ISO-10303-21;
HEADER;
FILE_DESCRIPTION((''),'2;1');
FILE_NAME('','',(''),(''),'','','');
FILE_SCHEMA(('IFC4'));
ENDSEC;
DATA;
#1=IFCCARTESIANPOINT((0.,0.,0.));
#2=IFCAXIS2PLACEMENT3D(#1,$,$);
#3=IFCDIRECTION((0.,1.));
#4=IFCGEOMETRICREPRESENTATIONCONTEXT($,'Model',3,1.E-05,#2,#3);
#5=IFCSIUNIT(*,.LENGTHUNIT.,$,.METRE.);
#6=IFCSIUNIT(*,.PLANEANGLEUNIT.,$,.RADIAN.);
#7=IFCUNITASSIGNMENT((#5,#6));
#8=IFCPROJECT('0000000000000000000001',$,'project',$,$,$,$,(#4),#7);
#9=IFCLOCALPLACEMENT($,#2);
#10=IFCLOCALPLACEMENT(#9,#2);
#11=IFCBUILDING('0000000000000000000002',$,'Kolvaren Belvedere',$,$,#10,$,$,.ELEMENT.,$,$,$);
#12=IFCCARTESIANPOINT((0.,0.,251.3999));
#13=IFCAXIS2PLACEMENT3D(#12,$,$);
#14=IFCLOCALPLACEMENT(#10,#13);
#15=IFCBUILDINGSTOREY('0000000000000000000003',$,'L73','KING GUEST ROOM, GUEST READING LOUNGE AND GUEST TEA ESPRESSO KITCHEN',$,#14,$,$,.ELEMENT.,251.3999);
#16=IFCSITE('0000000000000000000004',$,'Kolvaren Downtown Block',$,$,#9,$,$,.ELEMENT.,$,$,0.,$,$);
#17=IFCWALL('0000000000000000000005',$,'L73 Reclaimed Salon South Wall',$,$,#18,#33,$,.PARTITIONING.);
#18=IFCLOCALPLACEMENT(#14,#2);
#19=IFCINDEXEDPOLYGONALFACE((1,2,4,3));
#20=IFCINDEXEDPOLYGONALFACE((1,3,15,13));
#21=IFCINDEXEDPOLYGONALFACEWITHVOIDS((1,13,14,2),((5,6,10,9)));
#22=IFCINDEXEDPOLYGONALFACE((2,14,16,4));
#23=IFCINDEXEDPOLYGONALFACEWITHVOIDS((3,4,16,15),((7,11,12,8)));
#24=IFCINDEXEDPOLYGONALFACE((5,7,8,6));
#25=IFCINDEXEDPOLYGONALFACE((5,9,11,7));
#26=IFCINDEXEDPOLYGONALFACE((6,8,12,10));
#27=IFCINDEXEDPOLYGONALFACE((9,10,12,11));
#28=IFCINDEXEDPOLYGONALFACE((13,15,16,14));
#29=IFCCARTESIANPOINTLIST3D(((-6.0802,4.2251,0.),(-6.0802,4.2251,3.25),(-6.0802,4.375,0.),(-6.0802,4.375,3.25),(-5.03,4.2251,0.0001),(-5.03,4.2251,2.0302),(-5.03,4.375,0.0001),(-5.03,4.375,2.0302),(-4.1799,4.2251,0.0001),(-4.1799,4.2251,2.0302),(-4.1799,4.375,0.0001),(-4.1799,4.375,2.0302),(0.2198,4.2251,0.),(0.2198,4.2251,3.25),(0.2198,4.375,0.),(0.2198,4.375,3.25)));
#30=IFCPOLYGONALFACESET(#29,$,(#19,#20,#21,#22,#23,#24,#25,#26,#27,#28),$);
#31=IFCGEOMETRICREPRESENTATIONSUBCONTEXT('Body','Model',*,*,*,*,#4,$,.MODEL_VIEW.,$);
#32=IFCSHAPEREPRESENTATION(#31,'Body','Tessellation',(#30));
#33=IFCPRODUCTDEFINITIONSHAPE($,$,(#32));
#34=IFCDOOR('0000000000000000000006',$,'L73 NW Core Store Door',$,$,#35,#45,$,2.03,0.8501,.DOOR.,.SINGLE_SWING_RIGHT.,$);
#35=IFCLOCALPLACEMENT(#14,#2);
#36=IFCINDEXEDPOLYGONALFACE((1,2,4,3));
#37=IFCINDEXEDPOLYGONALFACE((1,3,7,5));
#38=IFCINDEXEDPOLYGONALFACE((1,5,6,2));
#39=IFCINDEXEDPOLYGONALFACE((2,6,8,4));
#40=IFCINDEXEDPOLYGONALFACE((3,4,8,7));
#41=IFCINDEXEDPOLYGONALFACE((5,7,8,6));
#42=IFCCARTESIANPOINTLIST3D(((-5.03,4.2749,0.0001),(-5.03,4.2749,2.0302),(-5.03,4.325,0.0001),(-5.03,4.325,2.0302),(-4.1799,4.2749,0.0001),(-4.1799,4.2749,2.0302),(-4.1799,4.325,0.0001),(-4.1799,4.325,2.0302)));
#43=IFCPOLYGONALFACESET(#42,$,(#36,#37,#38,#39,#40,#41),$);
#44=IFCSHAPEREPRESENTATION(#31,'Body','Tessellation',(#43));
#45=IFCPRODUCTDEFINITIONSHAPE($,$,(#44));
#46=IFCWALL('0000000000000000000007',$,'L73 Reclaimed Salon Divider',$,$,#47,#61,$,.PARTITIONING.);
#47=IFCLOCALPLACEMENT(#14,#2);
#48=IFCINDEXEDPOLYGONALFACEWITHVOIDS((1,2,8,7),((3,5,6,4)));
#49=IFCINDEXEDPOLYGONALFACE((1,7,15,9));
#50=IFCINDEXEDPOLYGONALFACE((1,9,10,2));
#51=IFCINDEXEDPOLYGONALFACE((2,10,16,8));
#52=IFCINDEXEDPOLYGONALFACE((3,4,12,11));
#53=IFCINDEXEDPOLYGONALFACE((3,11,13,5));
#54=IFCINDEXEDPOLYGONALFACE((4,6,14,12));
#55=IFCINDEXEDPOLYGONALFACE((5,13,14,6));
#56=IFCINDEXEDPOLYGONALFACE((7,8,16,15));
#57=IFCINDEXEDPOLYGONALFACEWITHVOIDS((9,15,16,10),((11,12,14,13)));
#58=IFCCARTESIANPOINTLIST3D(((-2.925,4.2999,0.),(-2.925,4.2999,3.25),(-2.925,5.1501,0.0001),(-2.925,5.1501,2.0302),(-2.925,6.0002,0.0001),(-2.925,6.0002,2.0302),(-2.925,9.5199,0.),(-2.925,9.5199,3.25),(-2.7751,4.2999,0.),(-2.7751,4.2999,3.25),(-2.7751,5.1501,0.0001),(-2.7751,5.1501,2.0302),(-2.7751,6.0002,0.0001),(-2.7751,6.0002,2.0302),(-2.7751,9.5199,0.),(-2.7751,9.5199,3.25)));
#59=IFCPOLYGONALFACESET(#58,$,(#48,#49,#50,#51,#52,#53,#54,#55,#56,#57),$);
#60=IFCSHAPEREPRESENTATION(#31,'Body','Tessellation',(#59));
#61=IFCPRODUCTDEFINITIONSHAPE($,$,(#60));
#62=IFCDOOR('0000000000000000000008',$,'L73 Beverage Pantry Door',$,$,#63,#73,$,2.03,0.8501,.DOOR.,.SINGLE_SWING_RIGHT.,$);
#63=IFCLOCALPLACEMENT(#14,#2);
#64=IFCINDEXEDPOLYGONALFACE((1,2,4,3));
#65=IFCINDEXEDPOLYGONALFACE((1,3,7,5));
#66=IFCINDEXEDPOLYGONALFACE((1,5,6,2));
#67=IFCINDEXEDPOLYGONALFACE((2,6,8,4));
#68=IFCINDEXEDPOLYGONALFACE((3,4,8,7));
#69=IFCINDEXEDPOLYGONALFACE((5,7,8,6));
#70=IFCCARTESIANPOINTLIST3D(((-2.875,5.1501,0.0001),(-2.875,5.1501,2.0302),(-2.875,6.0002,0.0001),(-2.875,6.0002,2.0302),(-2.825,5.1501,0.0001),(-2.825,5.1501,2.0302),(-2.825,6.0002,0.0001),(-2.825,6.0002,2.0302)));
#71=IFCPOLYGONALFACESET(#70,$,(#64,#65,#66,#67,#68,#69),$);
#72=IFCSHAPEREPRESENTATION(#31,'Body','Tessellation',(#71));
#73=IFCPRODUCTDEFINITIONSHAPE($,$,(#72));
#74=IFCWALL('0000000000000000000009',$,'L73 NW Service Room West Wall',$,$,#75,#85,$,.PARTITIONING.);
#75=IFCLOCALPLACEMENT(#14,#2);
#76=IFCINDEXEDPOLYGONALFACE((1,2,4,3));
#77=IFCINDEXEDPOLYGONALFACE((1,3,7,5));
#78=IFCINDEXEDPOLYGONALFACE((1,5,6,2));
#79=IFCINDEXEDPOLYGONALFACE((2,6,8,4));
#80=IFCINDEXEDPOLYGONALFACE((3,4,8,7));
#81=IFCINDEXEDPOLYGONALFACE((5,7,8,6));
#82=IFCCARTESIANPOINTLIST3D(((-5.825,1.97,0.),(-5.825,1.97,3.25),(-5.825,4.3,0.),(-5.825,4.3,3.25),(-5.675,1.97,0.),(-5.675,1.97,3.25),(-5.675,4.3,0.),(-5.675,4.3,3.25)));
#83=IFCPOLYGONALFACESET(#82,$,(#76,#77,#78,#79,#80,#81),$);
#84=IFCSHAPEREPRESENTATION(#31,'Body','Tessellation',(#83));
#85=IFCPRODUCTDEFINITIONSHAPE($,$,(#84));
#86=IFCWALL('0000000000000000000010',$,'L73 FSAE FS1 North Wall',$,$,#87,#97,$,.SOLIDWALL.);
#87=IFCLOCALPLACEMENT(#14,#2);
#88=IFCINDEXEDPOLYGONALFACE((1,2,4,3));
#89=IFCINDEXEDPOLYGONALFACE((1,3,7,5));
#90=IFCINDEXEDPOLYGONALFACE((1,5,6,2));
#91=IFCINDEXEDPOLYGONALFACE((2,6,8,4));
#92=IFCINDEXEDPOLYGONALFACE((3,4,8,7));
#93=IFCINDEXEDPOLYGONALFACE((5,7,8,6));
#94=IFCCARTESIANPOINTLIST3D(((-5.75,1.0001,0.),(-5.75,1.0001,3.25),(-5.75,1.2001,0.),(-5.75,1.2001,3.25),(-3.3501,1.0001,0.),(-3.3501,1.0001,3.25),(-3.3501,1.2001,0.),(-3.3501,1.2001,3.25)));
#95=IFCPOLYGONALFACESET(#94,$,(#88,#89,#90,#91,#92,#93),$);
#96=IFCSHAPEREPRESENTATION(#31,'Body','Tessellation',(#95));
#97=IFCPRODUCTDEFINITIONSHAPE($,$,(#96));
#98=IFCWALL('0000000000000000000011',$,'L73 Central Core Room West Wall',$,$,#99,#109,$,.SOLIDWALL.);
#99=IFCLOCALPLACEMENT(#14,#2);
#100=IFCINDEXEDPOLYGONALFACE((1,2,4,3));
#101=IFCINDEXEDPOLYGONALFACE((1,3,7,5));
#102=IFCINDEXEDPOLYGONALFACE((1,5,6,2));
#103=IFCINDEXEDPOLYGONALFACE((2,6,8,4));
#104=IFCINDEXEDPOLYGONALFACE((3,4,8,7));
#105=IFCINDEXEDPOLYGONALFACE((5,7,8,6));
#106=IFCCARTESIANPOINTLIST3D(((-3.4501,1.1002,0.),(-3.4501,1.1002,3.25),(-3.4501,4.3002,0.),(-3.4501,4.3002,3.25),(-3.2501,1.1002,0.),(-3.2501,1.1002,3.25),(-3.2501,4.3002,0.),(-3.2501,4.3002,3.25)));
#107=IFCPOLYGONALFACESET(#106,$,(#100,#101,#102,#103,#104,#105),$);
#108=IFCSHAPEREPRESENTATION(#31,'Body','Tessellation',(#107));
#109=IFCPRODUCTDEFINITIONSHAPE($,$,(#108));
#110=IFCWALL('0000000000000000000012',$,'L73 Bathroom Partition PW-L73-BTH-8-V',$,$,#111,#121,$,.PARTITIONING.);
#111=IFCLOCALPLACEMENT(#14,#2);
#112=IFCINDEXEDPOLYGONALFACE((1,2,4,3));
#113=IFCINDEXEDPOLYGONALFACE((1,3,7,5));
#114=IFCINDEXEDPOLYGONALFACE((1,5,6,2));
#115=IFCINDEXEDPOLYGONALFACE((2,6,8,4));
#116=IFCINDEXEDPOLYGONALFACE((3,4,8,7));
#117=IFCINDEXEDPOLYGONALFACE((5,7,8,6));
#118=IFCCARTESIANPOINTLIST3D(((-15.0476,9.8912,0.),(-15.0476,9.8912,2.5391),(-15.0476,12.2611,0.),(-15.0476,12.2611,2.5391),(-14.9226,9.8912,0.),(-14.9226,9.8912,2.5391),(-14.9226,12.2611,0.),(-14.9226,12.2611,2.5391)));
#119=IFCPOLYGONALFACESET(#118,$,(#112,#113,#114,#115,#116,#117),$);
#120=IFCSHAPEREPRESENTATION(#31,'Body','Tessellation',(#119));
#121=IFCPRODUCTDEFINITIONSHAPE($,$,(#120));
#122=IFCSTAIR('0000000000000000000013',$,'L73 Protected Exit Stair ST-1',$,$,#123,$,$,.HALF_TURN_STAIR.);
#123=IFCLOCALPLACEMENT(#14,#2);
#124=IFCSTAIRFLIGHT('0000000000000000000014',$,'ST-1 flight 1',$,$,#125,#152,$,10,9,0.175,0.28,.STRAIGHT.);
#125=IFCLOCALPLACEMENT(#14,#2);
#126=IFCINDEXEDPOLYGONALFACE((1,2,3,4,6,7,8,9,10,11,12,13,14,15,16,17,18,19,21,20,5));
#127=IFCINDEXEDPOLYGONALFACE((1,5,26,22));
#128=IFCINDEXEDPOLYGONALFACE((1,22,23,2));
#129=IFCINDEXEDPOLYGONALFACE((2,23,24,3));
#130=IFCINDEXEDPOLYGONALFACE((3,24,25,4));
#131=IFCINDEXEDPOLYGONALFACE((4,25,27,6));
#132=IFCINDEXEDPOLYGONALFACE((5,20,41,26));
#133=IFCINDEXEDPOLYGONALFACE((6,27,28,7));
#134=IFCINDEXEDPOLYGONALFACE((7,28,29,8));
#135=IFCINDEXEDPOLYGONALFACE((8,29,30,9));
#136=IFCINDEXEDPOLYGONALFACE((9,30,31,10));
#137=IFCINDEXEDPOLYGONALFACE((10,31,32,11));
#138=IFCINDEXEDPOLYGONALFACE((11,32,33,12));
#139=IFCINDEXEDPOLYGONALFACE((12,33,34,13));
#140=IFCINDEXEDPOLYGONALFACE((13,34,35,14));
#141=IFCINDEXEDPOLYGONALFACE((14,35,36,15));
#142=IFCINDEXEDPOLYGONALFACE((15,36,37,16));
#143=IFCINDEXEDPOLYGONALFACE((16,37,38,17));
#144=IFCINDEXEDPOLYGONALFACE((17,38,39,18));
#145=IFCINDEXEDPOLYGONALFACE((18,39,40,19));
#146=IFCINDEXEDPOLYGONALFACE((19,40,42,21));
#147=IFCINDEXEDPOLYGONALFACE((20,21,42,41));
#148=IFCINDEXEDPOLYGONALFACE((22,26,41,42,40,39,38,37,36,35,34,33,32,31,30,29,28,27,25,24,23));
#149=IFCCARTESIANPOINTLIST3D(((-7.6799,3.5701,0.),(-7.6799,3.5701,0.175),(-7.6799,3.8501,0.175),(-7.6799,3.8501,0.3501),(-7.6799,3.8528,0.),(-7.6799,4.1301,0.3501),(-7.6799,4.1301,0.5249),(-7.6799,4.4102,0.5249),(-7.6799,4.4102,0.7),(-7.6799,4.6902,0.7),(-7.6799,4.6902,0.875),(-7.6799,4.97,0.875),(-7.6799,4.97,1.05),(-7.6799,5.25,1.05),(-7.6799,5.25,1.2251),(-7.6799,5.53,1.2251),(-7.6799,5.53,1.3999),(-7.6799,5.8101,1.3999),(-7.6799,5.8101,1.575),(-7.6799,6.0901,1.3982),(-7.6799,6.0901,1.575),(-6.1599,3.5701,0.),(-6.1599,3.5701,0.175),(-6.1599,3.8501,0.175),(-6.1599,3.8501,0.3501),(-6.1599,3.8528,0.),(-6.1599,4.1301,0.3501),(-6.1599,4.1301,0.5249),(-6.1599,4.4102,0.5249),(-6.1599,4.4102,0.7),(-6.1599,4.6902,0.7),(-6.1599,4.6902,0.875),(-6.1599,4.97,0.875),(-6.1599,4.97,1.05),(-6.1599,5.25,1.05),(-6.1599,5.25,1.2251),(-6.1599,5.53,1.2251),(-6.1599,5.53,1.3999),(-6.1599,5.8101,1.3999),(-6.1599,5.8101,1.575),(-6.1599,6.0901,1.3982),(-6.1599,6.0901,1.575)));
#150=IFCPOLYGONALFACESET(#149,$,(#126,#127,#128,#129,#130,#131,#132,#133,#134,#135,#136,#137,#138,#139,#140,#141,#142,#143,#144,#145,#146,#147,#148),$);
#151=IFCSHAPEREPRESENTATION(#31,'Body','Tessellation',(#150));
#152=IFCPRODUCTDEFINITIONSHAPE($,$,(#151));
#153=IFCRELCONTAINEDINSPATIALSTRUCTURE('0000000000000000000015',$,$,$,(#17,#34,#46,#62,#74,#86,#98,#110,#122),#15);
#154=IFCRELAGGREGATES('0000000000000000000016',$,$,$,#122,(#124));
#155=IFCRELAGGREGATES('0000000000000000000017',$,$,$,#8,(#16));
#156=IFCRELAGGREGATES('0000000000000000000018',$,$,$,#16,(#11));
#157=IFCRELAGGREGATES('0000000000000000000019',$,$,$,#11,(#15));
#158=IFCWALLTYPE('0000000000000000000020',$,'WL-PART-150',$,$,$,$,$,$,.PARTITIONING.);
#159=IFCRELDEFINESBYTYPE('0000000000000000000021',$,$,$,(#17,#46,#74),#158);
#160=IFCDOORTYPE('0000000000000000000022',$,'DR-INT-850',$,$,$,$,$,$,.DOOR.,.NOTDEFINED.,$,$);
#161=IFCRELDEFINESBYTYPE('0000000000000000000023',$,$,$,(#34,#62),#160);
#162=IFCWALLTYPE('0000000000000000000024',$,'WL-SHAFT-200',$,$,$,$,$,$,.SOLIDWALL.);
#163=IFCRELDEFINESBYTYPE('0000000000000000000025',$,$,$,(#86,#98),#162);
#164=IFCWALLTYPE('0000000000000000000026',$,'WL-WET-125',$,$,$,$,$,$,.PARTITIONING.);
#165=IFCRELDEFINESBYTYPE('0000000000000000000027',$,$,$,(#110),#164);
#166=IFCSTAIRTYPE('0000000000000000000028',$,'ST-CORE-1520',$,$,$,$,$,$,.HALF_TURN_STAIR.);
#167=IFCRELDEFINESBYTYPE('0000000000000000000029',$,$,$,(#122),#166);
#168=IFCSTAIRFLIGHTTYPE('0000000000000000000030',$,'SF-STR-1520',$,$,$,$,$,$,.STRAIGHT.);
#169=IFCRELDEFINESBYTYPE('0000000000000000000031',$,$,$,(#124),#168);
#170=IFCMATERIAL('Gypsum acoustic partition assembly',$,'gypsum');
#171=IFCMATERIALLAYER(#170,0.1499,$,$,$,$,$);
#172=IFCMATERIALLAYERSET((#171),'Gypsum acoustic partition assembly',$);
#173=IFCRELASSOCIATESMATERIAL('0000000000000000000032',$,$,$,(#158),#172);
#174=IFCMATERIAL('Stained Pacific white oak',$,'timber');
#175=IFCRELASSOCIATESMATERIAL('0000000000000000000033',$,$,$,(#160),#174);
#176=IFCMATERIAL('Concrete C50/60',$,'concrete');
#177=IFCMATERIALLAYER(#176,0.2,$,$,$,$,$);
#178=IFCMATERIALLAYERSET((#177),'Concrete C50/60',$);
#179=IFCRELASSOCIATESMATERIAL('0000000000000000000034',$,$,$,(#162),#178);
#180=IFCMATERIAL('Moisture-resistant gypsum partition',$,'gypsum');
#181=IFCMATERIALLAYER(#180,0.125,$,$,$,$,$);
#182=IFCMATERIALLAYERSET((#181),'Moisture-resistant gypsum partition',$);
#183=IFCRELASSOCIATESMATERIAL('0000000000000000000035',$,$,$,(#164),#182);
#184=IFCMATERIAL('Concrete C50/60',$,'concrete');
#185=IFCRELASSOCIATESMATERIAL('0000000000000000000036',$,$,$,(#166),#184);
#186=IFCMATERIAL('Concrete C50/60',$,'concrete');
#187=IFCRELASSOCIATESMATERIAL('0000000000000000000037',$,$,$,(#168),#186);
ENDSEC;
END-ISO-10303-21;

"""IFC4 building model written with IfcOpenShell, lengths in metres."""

from ifc_helpers import new_model, si_unit, direction, frame, frame_2d, origin, place, context, subcontext, project, spatial, polyline, rectangle, outline, extrude, material, layer, layer_set, type_object, element, fill, aggregate, save


model = new_model("IFC4")

# Units and contexts
model_context = context("Model", 3, precision=1e-05, world=origin(), true_north=direction((0.0, 1.0)))
body_context = subcontext(model_context, "Body", "Model", "MODEL_VIEW")
ifc_project = project(units=[si_unit("LENGTHUNIT", "METRE"), si_unit("PLANEANGLEUNIT", "RADIAN")], contexts=[model_context])

# Site, building, storey
site_placement = place(None, origin())
site = spatial("IfcSite", under=ifc_project, at=site_placement, Name="Kolvaren Downtown Block", CompositionType="ELEMENT", RefElevation=0.0)
building_placement = place(site_placement, origin())
building = spatial("IfcBuilding", under=site, at=building_placement, Name="Kolvaren Belvedere", CompositionType="ELEMENT")
storey_placement = place(building_placement, frame((0.0, 0.0, 251.3999)))
storey = spatial("IfcBuildingStorey", under=building, at=storey_placement, Name="L73", Description="KING GUEST ROOM, GUEST READING LOUNGE AND GUEST TEA ESPRESSO KITCHEN", CompositionType="ELEMENT", Elevation=251.3999)

# Walls, openings, doors
ifc_material_1 = material(Name="Gypsum acoustic partition assembly", Category="gypsum")
ifc_layer_1 = layer(ifc_material_1, 0.1499)
ifc_layer_set_1 = layer_set([ifc_layer_1], Name="Gypsum acoustic partition assembly")
wall_type_1 = type_object("IfcWallType", Name="WL-PART-150", PredefinedType="PARTITIONING", material=ifc_layer_set_1)
wall_1_placement = place(storey_placement, frame((-6.0801, 4.3, 0.0), z_axis=(0.0, 0.0, 1.0), x_axis=(1.0, 0.0, 0.0)))
wall_1 = element("IfcWall", 1, at=wall_1_placement, inside=storey, type_object=wall_type_1, Name="L73 Reclaimed Salon South Wall", PredefinedType="PARTITIONING", context=body_context, shape_type="SweptSolid", body=[
    extrude(rectangle(XDim=6.3, YDim=0.1499, at=frame_2d((3.1499, 0.0))), origin(), (0.0, 0.0, 1.0), 3.25),
])
opening_1_placement = place(wall_1_placement, frame((1.05, 0.0, 0.0)))
opening_1 = element("IfcOpeningElement", 2, at=opening_1_placement, cuts=wall_1, PredefinedType="OPENING", context=body_context, shape_type="SweptSolid", body=[
    extrude(rectangle(XDim=0.8501, YDim=2.03, at=frame_2d((0.425, 1.0151))), frame((0.0, 0.085, 0.0), z_axis=(0.0, -1.0, 0.0), x_axis=(1.0, 0.0, 0.0)), (0.0, 0.0, 1.0), 0.1699),
])
ifc_material_2 = material(Name="Stained Pacific white oak", Category="timber")
door_type_1 = type_object("IfcDoorType", Name="DR-INT-850", OperationType="NOTDEFINED", PredefinedType="DOOR", material=ifc_material_2)
door_1_placement = place(opening_1_placement, origin())
door_1 = element("IfcDoor", 3, at=door_1_placement, inside=storey, type_object=door_type_1, Name="L73 NW Core Store Door", OperationType="SINGLE_SWING_RIGHT", OverallHeight=2.03, OverallWidth=0.8501, PredefinedType="DOOR", context=body_context, shape_type="SweptSolid", body=[
    extrude(rectangle(XDim=0.8501, YDim=2.03, at=frame_2d((0.425, 1.0151))), frame((0.0, 0.0249, 0.0), z_axis=(0.0, -1.0, 0.0), x_axis=(1.0, 0.0, 0.0)), (0.0, 0.0, 1.0), 0.05),
])
fill(opening_1, door_1)
wall_2_placement = place(storey_placement, frame((-2.8501, 4.3, 0.0), z_axis=(0.0, 0.0, 1.0), x_axis=(0.0, 1.0, 0.0)))
wall_2 = element("IfcWall", 4, at=wall_2_placement, inside=storey, type_object=wall_type_1, Name="L73 Reclaimed Salon Divider", PredefinedType="PARTITIONING", context=body_context, shape_type="SweptSolid", body=[
    extrude(rectangle(XDim=5.22, YDim=0.1499, at=frame_2d((2.6099, 0.0))), origin(), (0.0, 0.0, 1.0), 3.25),
])
opening_2_placement = place(wall_2_placement, frame((0.8501, 0.0, 0.0)))
opening_2 = element("IfcOpeningElement", 5, at=opening_2_placement, cuts=wall_2, PredefinedType="OPENING", context=body_context, shape_type="SweptSolid", body=[
    extrude(rectangle(XDim=0.8501, YDim=2.03, at=frame_2d((0.425, 1.0151))), frame((0.0, 0.085, 0.0), z_axis=(0.0, -1.0, 0.0), x_axis=(1.0, 0.0, 0.0)), (0.0, 0.0, 1.0), 0.1699),
])
door_2_placement = place(opening_2_placement, origin())
door_2 = element("IfcDoor", 6, at=door_2_placement, inside=storey, type_object=door_type_1, Name="L73 Beverage Pantry Door", OperationType="SINGLE_SWING_RIGHT", OverallHeight=2.03, OverallWidth=0.8501, PredefinedType="DOOR", context=body_context, shape_type="SweptSolid", body=[
    extrude(rectangle(XDim=0.8501, YDim=2.03, at=frame_2d((0.425, 1.0151))), frame((0.0, 0.0249, 0.0), z_axis=(0.0, -1.0, 0.0), x_axis=(1.0, 0.0, 0.0)), (0.0, 0.0, 1.0), 0.05),
])
fill(opening_2, door_2)

# Walls
wall_3_placement = place(storey_placement, frame((-5.75, 1.97, 0.0), z_axis=(0.0, 0.0, 1.0), x_axis=(0.0, 1.0, 0.0)))
element("IfcWall", 7, at=wall_3_placement, inside=storey, type_object=wall_type_1, Name="L73 NW Service Room West Wall", PredefinedType="PARTITIONING", context=body_context, shape_type="SweptSolid", body=[
    extrude(rectangle(XDim=2.3301, YDim=0.1499, at=frame_2d((1.165, 0.0))), origin(), (0.0, 0.0, 1.0), 3.25),
])
ifc_material_3 = material(Name="Concrete C50/60", Category="concrete")
ifc_layer_2 = layer(ifc_material_3, 0.2)
ifc_layer_set_2 = layer_set([ifc_layer_2], Name="Concrete C50/60")
wall_type_2 = type_object("IfcWallType", Name="WL-SHAFT-200", PredefinedType="SOLIDWALL", material=ifc_layer_set_2)
wall_4_placement = place(storey_placement, frame((-5.75, 1.1001, 0.0), z_axis=(0.0, 0.0, 1.0), x_axis=(1.0, 0.0, 0.0)))
element("IfcWall", 8, at=wall_4_placement, inside=storey, type_object=wall_type_2, Name="L73 FSAE FS1 North Wall", PredefinedType="SOLIDWALL", context=body_context, shape_type="SweptSolid", body=[
    extrude(rectangle(XDim=2.3999, YDim=0.2, at=frame_2d((1.2, 0.0))), origin(), (0.0, 0.0, 1.0), 3.25),
])
wall_5_placement = place(storey_placement, frame((-3.3501, 1.1001, 0.0), z_axis=(0.0, 0.0, 1.0), x_axis=(0.0, 1.0, 0.0)))
element("IfcWall", 9, at=wall_5_placement, inside=storey, type_object=wall_type_2, Name="L73 Central Core Room West Wall", PredefinedType="SOLIDWALL", context=body_context, shape_type="SweptSolid", body=[
    extrude(rectangle(XDim=3.2, YDim=0.2, at=frame_2d((1.6001, 0.0))), origin(), (0.0, 0.0, 1.0), 3.25),
])
ifc_material_4 = material(Name="Moisture-resistant gypsum partition", Category="gypsum")
ifc_layer_3 = layer(ifc_material_4, 0.125)
ifc_layer_set_3 = layer_set([ifc_layer_3], Name="Moisture-resistant gypsum partition")
wall_type_3 = type_object("IfcWallType", Name="WL-WET-125", PredefinedType="PARTITIONING", material=ifc_layer_set_3)
wall_6_placement = place(storey_placement, frame((-14.9851, 9.8911, 0.0), z_axis=(0.0, 0.0, 1.0), x_axis=(0.0, 1.0, 0.0)))
element("IfcWall", 10, at=wall_6_placement, inside=storey, type_object=wall_type_3, Name="L73 Bathroom Partition PW-L73-BTH-8-V", PredefinedType="PARTITIONING", context=body_context, shape_type="SweptSolid", body=[
    extrude(rectangle(XDim=2.3699, YDim=0.125, at=frame_2d((1.1851, 0.0))), origin(), (0.0, 0.0, 1.0), 2.5391),
])

# Stair, stair flight
ifc_material_5 = material(Name="Concrete C50/60", Category="concrete")
stair_type = type_object("IfcStairType", Name="ST-CORE-1520", PredefinedType="HALF_TURN_STAIR", material=ifc_material_5)
stair_placement = place(storey_placement, origin())
stair = element("IfcStair", 11, at=stair_placement, inside=storey, type_object=stair_type, Name="L73 Protected Exit Stair ST-1", PredefinedType="HALF_TURN_STAIR")
ifc_material_6 = material(Name="Concrete C50/60", Category="concrete")
stair_flight_type = type_object("IfcStairFlightType", Name="SF-STR-1520", PredefinedType="STRAIGHT", material=ifc_material_6)
stair_flight_1_placement = place(storey_placement, frame((-6.9199, 3.5701, 0.0), z_axis=(0.0, 0.0, 1.0), x_axis=(0.0, 1.0, 0.0)))
stair_flight_1 = element("IfcStairFlight", 12, at=stair_flight_1_placement, type_object=stair_flight_type, Name="ST-1 flight 1", NumberOfRisers=10, NumberOfTreads=9, PredefinedType="STRAIGHT", RiserHeight=0.175, TreadLength=0.28, context=body_context, shape_type="SweptSolid", body=[
    extrude(outline(polyline([(0.0, 0.0), (0.0, 0.175), (0.28, 0.175), (0.28, 0.3501), (0.5601, 0.3501), (0.5601, 0.5249), (0.8401, 0.5249), (0.8401, 0.7), (1.1201, 0.7), (1.1201, 0.875), (1.3999, 0.875), (1.3999, 1.05), (1.6799, 1.05), (1.6799, 1.2251), (1.96, 1.2251), (1.96, 1.3999), (2.24, 1.3999), (2.24, 1.575), (2.52, 1.575), (2.52, 1.75), (2.52, 1.3982), (0.2827, 0.0), (0.0, 0.0)])), frame((0.0, 0.76, 0.0), z_axis=(0.0, -1.0, 0.0), x_axis=(1.0, 0.0, 0.0)), (0.0, 0.0, 1.0), 1.52),
])
aggregate(stair, [stair_flight_1])

save(model, "model.ifc")
